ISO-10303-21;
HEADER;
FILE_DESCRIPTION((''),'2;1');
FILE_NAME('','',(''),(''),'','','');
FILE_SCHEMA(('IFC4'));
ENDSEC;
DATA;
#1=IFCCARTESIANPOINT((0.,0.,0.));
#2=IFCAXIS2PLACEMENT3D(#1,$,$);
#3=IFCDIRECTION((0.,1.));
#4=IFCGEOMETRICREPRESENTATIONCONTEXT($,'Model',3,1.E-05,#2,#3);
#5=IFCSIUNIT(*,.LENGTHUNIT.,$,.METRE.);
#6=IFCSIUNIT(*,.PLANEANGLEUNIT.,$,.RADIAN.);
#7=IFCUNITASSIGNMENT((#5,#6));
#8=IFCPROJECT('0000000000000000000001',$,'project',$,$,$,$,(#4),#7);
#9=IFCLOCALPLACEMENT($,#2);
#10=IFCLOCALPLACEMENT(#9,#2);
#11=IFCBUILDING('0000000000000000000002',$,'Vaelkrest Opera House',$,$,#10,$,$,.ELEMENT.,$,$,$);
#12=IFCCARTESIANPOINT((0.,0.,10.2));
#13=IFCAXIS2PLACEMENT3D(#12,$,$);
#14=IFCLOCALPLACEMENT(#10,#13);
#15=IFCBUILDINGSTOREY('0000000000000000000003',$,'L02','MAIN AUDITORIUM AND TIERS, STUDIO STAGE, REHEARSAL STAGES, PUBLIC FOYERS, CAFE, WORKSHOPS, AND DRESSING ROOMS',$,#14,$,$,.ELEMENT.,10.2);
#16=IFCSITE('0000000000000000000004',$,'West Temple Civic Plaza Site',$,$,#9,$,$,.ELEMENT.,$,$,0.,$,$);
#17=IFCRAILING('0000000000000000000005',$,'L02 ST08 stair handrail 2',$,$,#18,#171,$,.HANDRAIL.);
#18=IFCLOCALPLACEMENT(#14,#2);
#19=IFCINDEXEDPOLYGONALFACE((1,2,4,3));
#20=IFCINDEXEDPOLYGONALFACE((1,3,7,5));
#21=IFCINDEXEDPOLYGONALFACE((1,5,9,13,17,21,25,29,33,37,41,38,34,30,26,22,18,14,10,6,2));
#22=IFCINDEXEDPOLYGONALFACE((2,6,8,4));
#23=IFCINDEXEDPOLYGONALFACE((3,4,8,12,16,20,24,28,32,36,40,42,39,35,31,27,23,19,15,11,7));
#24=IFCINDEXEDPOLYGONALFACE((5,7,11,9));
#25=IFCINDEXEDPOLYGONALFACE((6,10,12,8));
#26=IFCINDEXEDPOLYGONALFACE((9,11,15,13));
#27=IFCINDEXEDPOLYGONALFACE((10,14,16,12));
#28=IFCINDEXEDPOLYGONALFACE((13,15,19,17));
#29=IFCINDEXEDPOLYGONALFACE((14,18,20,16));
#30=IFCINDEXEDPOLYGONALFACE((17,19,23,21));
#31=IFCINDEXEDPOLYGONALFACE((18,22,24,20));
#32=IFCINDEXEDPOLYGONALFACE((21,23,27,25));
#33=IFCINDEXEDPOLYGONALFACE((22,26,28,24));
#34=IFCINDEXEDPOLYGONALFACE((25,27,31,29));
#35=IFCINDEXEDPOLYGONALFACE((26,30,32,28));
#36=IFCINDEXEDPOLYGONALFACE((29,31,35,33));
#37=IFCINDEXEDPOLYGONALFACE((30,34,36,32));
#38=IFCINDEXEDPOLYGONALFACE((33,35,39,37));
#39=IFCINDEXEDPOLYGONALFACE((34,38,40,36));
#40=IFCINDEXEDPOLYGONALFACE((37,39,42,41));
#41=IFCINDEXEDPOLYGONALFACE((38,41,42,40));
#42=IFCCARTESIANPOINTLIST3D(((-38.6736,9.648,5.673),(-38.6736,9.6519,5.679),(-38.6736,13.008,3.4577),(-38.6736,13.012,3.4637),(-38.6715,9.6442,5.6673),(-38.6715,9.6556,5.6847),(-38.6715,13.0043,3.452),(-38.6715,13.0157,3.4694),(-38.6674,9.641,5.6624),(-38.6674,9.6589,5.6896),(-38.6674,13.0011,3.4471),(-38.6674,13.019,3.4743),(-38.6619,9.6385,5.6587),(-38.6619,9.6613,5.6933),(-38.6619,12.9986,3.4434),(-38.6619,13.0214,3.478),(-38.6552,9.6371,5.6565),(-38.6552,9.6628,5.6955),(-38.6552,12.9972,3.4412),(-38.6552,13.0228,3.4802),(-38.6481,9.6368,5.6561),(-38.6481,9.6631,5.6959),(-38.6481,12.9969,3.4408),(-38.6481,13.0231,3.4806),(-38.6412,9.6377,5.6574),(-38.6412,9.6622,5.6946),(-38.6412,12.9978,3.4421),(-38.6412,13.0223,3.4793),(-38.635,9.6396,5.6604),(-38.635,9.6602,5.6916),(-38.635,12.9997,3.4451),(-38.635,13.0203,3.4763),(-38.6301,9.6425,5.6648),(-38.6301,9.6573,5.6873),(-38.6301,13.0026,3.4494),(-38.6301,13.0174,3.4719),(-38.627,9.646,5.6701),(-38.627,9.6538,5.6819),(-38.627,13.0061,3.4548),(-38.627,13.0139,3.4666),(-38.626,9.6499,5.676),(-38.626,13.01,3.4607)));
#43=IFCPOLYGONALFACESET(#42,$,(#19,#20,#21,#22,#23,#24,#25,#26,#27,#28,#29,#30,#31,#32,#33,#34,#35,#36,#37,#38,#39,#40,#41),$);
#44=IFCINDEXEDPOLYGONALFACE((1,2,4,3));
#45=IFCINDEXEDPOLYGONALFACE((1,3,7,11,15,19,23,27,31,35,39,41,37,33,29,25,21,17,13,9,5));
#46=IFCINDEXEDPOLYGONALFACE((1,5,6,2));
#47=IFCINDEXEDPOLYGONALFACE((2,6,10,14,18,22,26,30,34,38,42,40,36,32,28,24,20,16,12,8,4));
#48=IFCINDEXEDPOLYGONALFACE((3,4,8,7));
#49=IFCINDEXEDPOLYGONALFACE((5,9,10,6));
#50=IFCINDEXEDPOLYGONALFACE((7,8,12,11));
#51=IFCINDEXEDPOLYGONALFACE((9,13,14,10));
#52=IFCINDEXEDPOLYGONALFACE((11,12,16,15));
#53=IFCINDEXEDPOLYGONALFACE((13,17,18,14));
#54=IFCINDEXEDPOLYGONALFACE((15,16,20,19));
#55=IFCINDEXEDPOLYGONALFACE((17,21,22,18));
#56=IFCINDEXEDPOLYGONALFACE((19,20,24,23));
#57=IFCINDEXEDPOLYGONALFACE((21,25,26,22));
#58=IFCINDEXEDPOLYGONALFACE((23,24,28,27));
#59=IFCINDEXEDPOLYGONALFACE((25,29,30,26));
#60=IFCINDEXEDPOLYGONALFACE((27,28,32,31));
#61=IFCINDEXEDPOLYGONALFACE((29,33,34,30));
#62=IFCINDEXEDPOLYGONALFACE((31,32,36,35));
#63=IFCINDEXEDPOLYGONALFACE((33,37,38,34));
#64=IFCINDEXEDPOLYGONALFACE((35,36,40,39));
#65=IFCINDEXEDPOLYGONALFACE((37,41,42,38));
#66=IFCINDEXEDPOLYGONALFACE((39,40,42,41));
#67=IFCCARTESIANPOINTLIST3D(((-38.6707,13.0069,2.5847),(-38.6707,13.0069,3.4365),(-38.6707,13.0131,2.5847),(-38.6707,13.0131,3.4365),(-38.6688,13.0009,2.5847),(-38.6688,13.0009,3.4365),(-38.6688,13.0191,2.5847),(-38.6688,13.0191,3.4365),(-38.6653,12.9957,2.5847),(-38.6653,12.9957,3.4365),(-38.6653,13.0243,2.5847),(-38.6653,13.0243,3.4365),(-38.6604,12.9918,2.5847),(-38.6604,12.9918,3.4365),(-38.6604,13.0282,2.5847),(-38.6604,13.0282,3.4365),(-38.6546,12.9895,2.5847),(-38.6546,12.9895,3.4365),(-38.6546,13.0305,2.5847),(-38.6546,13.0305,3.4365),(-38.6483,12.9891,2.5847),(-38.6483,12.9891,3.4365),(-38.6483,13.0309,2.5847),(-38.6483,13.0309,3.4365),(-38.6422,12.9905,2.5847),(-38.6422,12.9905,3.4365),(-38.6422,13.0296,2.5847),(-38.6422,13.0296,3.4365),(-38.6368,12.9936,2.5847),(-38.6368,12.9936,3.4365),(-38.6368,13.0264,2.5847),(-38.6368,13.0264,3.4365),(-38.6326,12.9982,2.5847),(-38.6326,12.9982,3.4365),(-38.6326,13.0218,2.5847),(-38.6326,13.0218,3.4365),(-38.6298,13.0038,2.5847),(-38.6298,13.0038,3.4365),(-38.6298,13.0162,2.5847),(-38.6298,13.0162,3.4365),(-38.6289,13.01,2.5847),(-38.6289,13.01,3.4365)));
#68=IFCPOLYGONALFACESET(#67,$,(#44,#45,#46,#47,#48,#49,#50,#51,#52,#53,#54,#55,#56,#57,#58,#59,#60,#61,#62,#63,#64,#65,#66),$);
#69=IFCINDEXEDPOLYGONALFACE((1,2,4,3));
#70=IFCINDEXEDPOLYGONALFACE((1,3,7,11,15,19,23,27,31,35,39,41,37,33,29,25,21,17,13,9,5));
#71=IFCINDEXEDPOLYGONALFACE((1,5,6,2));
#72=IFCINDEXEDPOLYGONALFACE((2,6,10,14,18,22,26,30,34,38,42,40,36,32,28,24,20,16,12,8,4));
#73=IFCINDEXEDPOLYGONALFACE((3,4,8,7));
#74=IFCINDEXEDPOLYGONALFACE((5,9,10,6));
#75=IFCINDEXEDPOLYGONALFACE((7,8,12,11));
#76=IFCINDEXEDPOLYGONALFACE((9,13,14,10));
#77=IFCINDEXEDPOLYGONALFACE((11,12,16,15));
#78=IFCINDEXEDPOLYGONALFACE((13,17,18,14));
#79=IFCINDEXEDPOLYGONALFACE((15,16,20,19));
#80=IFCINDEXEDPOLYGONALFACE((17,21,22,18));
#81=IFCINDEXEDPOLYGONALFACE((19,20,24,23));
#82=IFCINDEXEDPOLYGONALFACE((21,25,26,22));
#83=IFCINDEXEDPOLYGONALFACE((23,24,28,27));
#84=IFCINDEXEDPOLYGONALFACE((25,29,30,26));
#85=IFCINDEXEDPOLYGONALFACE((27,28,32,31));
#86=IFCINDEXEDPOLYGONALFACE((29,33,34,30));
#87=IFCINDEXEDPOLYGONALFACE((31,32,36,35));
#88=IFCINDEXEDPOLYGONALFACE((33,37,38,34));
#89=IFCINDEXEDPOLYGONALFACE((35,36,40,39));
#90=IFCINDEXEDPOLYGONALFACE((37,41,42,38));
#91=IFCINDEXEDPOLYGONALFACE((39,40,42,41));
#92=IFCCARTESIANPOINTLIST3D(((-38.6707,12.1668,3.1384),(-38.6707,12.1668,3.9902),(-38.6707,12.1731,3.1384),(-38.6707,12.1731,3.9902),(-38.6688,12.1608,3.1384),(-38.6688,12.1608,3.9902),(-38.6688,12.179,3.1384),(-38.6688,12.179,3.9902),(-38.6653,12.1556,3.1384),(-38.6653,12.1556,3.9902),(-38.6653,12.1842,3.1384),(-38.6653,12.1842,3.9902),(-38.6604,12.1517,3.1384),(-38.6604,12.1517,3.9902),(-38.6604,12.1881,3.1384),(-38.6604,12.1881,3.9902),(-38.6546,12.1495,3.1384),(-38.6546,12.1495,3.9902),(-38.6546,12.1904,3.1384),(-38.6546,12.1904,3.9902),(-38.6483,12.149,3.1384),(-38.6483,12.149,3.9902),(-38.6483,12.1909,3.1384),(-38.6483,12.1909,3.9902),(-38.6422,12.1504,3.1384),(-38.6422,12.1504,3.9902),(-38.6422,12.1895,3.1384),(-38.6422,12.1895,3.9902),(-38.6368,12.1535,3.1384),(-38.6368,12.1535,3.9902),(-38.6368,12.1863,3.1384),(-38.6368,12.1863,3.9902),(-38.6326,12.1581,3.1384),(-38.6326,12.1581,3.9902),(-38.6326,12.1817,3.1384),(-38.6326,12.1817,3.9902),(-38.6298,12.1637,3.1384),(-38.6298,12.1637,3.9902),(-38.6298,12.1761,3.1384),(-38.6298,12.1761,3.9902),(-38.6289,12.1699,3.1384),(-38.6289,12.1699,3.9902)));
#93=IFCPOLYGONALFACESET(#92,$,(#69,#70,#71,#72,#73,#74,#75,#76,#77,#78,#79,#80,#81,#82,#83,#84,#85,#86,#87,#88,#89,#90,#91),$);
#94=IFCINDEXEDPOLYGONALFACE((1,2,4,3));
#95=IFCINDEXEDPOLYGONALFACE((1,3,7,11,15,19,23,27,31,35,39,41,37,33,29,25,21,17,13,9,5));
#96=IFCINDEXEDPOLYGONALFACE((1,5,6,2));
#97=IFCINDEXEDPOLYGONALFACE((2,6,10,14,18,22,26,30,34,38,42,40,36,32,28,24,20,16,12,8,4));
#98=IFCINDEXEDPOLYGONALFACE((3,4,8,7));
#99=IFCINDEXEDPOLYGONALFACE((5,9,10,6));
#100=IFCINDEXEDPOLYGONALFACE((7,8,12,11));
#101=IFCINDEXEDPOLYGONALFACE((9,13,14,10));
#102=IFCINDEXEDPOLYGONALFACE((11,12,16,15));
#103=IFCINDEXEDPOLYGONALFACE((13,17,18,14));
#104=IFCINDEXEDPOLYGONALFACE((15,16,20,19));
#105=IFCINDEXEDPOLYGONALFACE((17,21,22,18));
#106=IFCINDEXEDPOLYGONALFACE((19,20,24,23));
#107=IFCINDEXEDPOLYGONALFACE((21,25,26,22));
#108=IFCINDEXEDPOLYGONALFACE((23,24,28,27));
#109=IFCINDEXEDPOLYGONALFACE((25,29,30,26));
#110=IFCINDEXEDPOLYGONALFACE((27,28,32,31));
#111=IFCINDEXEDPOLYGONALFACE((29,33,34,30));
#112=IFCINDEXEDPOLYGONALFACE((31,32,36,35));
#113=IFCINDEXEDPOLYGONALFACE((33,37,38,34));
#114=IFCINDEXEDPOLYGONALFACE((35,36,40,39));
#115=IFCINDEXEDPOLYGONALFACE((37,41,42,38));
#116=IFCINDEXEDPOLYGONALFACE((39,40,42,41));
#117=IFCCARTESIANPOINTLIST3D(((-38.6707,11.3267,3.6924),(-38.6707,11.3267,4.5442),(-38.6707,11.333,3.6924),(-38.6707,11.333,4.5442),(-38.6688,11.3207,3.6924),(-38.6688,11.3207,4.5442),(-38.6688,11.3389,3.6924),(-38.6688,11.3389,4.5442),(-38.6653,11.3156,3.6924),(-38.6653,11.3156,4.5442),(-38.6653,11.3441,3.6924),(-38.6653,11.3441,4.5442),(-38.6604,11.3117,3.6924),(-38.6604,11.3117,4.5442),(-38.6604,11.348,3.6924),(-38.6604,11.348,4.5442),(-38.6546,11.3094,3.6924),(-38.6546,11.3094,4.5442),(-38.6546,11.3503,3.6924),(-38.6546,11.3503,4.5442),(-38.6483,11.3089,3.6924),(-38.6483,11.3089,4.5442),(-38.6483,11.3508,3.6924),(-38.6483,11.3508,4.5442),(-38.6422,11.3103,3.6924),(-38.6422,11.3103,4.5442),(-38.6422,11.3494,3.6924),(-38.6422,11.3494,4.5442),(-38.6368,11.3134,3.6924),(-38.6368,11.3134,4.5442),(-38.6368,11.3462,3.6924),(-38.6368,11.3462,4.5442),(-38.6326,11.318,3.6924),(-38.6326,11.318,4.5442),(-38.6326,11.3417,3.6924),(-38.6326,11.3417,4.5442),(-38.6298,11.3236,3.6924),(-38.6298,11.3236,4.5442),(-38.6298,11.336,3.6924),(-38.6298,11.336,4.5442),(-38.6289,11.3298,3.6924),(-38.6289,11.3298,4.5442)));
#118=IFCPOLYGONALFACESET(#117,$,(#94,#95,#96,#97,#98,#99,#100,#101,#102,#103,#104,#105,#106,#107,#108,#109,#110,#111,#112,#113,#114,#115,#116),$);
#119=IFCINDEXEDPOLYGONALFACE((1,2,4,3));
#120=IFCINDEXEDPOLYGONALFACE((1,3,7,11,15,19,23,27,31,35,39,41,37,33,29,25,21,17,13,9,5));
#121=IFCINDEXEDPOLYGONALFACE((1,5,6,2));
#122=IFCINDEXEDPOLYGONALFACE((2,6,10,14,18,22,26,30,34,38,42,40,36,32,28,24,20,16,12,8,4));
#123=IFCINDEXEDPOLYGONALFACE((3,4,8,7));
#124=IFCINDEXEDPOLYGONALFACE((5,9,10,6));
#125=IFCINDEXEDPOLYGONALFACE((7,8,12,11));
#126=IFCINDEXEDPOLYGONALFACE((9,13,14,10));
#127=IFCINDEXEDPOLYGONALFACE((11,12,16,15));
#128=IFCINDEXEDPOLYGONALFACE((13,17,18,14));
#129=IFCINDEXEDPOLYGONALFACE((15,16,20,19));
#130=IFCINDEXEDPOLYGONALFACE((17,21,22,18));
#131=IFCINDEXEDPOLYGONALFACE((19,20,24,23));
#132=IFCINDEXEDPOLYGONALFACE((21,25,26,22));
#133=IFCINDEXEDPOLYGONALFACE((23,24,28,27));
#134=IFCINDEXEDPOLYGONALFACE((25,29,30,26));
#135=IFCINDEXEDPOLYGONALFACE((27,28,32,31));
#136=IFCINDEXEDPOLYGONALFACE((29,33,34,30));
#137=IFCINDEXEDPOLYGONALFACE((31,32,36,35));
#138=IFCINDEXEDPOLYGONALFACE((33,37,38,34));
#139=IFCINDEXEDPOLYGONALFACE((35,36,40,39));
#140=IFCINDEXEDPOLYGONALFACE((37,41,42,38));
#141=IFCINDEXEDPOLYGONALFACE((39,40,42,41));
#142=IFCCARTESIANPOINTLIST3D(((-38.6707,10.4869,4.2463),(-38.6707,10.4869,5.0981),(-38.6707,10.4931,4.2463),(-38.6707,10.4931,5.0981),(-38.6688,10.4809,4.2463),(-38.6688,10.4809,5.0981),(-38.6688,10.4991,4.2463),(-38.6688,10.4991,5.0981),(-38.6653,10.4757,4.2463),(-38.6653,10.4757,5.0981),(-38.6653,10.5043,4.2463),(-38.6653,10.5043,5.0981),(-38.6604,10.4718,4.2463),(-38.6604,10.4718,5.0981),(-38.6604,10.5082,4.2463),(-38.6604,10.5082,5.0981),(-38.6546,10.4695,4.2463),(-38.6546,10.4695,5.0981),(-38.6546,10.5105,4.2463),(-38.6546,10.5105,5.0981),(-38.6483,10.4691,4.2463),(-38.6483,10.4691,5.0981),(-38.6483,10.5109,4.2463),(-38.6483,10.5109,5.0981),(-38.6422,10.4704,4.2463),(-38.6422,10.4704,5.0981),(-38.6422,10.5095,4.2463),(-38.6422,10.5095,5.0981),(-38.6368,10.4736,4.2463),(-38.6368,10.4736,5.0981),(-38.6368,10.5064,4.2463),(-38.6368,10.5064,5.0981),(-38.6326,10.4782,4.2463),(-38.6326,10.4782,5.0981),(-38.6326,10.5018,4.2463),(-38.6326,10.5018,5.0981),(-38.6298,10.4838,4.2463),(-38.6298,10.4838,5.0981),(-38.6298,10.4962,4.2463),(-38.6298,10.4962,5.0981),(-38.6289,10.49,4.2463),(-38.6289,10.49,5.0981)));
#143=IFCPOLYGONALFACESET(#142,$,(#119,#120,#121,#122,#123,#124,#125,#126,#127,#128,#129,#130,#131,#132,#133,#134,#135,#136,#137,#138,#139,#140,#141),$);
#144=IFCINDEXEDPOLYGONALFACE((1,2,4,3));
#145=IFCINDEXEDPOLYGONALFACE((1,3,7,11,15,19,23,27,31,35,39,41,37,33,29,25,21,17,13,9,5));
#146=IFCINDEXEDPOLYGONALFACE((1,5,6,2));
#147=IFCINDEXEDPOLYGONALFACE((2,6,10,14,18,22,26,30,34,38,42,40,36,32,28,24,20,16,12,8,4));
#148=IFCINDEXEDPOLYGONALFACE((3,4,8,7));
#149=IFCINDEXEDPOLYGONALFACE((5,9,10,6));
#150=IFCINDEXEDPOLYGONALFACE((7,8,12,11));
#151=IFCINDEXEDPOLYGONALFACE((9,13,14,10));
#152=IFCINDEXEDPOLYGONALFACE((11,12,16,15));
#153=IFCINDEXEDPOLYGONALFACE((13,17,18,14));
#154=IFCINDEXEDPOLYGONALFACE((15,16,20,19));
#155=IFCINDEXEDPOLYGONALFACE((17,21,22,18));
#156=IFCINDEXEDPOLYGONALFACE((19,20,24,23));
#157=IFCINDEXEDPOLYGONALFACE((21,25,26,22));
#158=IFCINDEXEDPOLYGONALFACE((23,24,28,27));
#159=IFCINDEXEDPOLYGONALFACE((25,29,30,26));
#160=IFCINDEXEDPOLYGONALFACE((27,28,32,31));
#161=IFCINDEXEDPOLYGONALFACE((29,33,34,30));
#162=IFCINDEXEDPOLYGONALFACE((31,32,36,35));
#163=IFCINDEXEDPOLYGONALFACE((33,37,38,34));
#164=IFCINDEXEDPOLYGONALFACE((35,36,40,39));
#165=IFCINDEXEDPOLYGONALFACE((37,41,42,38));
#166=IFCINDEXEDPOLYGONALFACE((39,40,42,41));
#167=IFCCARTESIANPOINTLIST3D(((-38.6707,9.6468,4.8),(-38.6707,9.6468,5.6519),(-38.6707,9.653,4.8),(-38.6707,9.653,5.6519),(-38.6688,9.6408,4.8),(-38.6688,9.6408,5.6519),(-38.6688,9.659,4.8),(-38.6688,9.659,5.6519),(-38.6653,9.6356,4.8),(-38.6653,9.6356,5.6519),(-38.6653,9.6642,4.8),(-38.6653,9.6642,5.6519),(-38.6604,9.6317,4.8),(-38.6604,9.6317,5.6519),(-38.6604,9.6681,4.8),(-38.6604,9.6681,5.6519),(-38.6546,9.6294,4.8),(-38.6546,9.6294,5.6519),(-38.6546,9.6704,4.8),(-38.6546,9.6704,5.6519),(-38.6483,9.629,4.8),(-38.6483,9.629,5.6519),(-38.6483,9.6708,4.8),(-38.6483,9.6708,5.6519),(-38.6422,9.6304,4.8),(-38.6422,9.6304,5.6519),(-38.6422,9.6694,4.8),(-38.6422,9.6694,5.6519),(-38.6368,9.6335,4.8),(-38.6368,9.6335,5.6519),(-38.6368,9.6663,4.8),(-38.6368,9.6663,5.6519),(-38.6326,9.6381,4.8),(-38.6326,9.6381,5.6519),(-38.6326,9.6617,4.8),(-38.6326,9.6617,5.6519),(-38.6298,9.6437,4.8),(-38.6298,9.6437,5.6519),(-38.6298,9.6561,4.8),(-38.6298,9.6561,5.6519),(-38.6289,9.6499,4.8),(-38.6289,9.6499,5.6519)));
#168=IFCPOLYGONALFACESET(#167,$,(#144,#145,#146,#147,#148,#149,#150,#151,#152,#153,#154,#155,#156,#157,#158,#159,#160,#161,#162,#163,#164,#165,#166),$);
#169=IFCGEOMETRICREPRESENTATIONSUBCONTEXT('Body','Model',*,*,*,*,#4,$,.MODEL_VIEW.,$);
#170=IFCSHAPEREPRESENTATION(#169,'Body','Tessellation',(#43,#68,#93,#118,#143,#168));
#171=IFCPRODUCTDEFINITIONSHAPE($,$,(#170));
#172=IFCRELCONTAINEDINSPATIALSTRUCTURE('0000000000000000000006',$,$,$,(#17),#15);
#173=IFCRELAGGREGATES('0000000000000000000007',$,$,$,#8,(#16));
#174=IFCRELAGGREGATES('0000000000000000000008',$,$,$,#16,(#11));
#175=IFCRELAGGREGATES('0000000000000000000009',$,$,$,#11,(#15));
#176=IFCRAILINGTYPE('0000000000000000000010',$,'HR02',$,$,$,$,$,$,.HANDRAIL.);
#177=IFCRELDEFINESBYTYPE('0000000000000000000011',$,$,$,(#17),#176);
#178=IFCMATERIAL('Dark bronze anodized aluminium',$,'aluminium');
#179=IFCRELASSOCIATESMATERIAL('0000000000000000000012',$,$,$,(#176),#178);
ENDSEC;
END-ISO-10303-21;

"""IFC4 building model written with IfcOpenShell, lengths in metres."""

from ifc_helpers import new_model, si_unit, direction, frame, origin, origin_2d, place, context, subcontext, project, spatial, circle, extrude, material, type_object, element, save


model = new_model("IFC4")

# Units and contexts
model_context = context("Model", 3, precision=1e-05, world=origin(), true_north=direction((0.0, 1.0)))
body_context = subcontext(model_context, "Body", "Model", "MODEL_VIEW")
ifc_project = project(units=[si_unit("LENGTHUNIT", "METRE"), si_unit("PLANEANGLEUNIT", "RADIAN")], contexts=[model_context])

# Site, building, storey
site_placement = place(None, origin())
site = spatial("IfcSite", under=ifc_project, at=site_placement, Name="West Temple Civic Plaza Site", CompositionType="ELEMENT", RefElevation=0.0)
building_placement = place(site_placement, origin())
building = spatial("IfcBuilding", under=site, at=building_placement, Name="Vaelkrest Opera House", CompositionType="ELEMENT")
storey_placement = place(building_placement, frame((0.0, 0.0, 10.2)))
storey = spatial("IfcBuildingStorey", under=building, at=storey_placement, Name="L02", Description="MAIN AUDITORIUM AND TIERS, STUDIO STAGE, REHEARSAL STAGES, PUBLIC FOYERS, CAFE, WORKSHOPS, AND DRESSING ROOMS", CompositionType="ELEMENT", Elevation=10.2)

# Shared definitions
ifc_material_1 = material(Name="Dark bronze anodized aluminium", Category="aluminium")

# Railing
railing_type_1 = type_object("IfcRailingType", Name="HR02", PredefinedType="HANDRAIL", material=ifc_material_1)
railing_1_placement = place(storey_placement, frame((-38.6499, 13.01, 2.5847)))
element("IfcRailing", 1, at=railing_1_placement, inside=storey, type_object=railing_type_1, Name="L02 ST08 stair handrail 2", PredefinedType="HANDRAIL", context=body_context, shape_type="SweptSolid", body=[
    extrude(circle(Radius=0.0239, at=origin_2d()), frame((0.0, 0.0, 0.876), z_axis=(0.0, -0.834876, 0.550437), x_axis=(1.0, 0.0, 0.0)), (0.0, 0.0, 1.0), 4.0247),
    extrude(circle(Radius=0.021, at=origin_2d()), origin(), (0.0, 0.0, 1.0), 0.8518),
    extrude(circle(Radius=0.021, at=origin_2d()), frame((0.0, -0.8401, 0.5537)), (0.0, 0.0, 1.0), 0.8518),
    extrude(circle(Radius=0.021, at=origin_2d()), frame((0.0, -1.6802, 1.1077)), (0.0, 0.0, 1.0), 0.8518),
    extrude(circle(Radius=0.021, at=origin_2d()), frame((0.0, -2.52, 1.6616)), (0.0, 0.0, 1.0), 0.8518),
    extrude(circle(Radius=0.021, at=origin_2d()), frame((0.0, -3.3601, 2.2153)), (0.0, 0.0, 1.0), 0.8518),
])

save(model, "model.ifc")
